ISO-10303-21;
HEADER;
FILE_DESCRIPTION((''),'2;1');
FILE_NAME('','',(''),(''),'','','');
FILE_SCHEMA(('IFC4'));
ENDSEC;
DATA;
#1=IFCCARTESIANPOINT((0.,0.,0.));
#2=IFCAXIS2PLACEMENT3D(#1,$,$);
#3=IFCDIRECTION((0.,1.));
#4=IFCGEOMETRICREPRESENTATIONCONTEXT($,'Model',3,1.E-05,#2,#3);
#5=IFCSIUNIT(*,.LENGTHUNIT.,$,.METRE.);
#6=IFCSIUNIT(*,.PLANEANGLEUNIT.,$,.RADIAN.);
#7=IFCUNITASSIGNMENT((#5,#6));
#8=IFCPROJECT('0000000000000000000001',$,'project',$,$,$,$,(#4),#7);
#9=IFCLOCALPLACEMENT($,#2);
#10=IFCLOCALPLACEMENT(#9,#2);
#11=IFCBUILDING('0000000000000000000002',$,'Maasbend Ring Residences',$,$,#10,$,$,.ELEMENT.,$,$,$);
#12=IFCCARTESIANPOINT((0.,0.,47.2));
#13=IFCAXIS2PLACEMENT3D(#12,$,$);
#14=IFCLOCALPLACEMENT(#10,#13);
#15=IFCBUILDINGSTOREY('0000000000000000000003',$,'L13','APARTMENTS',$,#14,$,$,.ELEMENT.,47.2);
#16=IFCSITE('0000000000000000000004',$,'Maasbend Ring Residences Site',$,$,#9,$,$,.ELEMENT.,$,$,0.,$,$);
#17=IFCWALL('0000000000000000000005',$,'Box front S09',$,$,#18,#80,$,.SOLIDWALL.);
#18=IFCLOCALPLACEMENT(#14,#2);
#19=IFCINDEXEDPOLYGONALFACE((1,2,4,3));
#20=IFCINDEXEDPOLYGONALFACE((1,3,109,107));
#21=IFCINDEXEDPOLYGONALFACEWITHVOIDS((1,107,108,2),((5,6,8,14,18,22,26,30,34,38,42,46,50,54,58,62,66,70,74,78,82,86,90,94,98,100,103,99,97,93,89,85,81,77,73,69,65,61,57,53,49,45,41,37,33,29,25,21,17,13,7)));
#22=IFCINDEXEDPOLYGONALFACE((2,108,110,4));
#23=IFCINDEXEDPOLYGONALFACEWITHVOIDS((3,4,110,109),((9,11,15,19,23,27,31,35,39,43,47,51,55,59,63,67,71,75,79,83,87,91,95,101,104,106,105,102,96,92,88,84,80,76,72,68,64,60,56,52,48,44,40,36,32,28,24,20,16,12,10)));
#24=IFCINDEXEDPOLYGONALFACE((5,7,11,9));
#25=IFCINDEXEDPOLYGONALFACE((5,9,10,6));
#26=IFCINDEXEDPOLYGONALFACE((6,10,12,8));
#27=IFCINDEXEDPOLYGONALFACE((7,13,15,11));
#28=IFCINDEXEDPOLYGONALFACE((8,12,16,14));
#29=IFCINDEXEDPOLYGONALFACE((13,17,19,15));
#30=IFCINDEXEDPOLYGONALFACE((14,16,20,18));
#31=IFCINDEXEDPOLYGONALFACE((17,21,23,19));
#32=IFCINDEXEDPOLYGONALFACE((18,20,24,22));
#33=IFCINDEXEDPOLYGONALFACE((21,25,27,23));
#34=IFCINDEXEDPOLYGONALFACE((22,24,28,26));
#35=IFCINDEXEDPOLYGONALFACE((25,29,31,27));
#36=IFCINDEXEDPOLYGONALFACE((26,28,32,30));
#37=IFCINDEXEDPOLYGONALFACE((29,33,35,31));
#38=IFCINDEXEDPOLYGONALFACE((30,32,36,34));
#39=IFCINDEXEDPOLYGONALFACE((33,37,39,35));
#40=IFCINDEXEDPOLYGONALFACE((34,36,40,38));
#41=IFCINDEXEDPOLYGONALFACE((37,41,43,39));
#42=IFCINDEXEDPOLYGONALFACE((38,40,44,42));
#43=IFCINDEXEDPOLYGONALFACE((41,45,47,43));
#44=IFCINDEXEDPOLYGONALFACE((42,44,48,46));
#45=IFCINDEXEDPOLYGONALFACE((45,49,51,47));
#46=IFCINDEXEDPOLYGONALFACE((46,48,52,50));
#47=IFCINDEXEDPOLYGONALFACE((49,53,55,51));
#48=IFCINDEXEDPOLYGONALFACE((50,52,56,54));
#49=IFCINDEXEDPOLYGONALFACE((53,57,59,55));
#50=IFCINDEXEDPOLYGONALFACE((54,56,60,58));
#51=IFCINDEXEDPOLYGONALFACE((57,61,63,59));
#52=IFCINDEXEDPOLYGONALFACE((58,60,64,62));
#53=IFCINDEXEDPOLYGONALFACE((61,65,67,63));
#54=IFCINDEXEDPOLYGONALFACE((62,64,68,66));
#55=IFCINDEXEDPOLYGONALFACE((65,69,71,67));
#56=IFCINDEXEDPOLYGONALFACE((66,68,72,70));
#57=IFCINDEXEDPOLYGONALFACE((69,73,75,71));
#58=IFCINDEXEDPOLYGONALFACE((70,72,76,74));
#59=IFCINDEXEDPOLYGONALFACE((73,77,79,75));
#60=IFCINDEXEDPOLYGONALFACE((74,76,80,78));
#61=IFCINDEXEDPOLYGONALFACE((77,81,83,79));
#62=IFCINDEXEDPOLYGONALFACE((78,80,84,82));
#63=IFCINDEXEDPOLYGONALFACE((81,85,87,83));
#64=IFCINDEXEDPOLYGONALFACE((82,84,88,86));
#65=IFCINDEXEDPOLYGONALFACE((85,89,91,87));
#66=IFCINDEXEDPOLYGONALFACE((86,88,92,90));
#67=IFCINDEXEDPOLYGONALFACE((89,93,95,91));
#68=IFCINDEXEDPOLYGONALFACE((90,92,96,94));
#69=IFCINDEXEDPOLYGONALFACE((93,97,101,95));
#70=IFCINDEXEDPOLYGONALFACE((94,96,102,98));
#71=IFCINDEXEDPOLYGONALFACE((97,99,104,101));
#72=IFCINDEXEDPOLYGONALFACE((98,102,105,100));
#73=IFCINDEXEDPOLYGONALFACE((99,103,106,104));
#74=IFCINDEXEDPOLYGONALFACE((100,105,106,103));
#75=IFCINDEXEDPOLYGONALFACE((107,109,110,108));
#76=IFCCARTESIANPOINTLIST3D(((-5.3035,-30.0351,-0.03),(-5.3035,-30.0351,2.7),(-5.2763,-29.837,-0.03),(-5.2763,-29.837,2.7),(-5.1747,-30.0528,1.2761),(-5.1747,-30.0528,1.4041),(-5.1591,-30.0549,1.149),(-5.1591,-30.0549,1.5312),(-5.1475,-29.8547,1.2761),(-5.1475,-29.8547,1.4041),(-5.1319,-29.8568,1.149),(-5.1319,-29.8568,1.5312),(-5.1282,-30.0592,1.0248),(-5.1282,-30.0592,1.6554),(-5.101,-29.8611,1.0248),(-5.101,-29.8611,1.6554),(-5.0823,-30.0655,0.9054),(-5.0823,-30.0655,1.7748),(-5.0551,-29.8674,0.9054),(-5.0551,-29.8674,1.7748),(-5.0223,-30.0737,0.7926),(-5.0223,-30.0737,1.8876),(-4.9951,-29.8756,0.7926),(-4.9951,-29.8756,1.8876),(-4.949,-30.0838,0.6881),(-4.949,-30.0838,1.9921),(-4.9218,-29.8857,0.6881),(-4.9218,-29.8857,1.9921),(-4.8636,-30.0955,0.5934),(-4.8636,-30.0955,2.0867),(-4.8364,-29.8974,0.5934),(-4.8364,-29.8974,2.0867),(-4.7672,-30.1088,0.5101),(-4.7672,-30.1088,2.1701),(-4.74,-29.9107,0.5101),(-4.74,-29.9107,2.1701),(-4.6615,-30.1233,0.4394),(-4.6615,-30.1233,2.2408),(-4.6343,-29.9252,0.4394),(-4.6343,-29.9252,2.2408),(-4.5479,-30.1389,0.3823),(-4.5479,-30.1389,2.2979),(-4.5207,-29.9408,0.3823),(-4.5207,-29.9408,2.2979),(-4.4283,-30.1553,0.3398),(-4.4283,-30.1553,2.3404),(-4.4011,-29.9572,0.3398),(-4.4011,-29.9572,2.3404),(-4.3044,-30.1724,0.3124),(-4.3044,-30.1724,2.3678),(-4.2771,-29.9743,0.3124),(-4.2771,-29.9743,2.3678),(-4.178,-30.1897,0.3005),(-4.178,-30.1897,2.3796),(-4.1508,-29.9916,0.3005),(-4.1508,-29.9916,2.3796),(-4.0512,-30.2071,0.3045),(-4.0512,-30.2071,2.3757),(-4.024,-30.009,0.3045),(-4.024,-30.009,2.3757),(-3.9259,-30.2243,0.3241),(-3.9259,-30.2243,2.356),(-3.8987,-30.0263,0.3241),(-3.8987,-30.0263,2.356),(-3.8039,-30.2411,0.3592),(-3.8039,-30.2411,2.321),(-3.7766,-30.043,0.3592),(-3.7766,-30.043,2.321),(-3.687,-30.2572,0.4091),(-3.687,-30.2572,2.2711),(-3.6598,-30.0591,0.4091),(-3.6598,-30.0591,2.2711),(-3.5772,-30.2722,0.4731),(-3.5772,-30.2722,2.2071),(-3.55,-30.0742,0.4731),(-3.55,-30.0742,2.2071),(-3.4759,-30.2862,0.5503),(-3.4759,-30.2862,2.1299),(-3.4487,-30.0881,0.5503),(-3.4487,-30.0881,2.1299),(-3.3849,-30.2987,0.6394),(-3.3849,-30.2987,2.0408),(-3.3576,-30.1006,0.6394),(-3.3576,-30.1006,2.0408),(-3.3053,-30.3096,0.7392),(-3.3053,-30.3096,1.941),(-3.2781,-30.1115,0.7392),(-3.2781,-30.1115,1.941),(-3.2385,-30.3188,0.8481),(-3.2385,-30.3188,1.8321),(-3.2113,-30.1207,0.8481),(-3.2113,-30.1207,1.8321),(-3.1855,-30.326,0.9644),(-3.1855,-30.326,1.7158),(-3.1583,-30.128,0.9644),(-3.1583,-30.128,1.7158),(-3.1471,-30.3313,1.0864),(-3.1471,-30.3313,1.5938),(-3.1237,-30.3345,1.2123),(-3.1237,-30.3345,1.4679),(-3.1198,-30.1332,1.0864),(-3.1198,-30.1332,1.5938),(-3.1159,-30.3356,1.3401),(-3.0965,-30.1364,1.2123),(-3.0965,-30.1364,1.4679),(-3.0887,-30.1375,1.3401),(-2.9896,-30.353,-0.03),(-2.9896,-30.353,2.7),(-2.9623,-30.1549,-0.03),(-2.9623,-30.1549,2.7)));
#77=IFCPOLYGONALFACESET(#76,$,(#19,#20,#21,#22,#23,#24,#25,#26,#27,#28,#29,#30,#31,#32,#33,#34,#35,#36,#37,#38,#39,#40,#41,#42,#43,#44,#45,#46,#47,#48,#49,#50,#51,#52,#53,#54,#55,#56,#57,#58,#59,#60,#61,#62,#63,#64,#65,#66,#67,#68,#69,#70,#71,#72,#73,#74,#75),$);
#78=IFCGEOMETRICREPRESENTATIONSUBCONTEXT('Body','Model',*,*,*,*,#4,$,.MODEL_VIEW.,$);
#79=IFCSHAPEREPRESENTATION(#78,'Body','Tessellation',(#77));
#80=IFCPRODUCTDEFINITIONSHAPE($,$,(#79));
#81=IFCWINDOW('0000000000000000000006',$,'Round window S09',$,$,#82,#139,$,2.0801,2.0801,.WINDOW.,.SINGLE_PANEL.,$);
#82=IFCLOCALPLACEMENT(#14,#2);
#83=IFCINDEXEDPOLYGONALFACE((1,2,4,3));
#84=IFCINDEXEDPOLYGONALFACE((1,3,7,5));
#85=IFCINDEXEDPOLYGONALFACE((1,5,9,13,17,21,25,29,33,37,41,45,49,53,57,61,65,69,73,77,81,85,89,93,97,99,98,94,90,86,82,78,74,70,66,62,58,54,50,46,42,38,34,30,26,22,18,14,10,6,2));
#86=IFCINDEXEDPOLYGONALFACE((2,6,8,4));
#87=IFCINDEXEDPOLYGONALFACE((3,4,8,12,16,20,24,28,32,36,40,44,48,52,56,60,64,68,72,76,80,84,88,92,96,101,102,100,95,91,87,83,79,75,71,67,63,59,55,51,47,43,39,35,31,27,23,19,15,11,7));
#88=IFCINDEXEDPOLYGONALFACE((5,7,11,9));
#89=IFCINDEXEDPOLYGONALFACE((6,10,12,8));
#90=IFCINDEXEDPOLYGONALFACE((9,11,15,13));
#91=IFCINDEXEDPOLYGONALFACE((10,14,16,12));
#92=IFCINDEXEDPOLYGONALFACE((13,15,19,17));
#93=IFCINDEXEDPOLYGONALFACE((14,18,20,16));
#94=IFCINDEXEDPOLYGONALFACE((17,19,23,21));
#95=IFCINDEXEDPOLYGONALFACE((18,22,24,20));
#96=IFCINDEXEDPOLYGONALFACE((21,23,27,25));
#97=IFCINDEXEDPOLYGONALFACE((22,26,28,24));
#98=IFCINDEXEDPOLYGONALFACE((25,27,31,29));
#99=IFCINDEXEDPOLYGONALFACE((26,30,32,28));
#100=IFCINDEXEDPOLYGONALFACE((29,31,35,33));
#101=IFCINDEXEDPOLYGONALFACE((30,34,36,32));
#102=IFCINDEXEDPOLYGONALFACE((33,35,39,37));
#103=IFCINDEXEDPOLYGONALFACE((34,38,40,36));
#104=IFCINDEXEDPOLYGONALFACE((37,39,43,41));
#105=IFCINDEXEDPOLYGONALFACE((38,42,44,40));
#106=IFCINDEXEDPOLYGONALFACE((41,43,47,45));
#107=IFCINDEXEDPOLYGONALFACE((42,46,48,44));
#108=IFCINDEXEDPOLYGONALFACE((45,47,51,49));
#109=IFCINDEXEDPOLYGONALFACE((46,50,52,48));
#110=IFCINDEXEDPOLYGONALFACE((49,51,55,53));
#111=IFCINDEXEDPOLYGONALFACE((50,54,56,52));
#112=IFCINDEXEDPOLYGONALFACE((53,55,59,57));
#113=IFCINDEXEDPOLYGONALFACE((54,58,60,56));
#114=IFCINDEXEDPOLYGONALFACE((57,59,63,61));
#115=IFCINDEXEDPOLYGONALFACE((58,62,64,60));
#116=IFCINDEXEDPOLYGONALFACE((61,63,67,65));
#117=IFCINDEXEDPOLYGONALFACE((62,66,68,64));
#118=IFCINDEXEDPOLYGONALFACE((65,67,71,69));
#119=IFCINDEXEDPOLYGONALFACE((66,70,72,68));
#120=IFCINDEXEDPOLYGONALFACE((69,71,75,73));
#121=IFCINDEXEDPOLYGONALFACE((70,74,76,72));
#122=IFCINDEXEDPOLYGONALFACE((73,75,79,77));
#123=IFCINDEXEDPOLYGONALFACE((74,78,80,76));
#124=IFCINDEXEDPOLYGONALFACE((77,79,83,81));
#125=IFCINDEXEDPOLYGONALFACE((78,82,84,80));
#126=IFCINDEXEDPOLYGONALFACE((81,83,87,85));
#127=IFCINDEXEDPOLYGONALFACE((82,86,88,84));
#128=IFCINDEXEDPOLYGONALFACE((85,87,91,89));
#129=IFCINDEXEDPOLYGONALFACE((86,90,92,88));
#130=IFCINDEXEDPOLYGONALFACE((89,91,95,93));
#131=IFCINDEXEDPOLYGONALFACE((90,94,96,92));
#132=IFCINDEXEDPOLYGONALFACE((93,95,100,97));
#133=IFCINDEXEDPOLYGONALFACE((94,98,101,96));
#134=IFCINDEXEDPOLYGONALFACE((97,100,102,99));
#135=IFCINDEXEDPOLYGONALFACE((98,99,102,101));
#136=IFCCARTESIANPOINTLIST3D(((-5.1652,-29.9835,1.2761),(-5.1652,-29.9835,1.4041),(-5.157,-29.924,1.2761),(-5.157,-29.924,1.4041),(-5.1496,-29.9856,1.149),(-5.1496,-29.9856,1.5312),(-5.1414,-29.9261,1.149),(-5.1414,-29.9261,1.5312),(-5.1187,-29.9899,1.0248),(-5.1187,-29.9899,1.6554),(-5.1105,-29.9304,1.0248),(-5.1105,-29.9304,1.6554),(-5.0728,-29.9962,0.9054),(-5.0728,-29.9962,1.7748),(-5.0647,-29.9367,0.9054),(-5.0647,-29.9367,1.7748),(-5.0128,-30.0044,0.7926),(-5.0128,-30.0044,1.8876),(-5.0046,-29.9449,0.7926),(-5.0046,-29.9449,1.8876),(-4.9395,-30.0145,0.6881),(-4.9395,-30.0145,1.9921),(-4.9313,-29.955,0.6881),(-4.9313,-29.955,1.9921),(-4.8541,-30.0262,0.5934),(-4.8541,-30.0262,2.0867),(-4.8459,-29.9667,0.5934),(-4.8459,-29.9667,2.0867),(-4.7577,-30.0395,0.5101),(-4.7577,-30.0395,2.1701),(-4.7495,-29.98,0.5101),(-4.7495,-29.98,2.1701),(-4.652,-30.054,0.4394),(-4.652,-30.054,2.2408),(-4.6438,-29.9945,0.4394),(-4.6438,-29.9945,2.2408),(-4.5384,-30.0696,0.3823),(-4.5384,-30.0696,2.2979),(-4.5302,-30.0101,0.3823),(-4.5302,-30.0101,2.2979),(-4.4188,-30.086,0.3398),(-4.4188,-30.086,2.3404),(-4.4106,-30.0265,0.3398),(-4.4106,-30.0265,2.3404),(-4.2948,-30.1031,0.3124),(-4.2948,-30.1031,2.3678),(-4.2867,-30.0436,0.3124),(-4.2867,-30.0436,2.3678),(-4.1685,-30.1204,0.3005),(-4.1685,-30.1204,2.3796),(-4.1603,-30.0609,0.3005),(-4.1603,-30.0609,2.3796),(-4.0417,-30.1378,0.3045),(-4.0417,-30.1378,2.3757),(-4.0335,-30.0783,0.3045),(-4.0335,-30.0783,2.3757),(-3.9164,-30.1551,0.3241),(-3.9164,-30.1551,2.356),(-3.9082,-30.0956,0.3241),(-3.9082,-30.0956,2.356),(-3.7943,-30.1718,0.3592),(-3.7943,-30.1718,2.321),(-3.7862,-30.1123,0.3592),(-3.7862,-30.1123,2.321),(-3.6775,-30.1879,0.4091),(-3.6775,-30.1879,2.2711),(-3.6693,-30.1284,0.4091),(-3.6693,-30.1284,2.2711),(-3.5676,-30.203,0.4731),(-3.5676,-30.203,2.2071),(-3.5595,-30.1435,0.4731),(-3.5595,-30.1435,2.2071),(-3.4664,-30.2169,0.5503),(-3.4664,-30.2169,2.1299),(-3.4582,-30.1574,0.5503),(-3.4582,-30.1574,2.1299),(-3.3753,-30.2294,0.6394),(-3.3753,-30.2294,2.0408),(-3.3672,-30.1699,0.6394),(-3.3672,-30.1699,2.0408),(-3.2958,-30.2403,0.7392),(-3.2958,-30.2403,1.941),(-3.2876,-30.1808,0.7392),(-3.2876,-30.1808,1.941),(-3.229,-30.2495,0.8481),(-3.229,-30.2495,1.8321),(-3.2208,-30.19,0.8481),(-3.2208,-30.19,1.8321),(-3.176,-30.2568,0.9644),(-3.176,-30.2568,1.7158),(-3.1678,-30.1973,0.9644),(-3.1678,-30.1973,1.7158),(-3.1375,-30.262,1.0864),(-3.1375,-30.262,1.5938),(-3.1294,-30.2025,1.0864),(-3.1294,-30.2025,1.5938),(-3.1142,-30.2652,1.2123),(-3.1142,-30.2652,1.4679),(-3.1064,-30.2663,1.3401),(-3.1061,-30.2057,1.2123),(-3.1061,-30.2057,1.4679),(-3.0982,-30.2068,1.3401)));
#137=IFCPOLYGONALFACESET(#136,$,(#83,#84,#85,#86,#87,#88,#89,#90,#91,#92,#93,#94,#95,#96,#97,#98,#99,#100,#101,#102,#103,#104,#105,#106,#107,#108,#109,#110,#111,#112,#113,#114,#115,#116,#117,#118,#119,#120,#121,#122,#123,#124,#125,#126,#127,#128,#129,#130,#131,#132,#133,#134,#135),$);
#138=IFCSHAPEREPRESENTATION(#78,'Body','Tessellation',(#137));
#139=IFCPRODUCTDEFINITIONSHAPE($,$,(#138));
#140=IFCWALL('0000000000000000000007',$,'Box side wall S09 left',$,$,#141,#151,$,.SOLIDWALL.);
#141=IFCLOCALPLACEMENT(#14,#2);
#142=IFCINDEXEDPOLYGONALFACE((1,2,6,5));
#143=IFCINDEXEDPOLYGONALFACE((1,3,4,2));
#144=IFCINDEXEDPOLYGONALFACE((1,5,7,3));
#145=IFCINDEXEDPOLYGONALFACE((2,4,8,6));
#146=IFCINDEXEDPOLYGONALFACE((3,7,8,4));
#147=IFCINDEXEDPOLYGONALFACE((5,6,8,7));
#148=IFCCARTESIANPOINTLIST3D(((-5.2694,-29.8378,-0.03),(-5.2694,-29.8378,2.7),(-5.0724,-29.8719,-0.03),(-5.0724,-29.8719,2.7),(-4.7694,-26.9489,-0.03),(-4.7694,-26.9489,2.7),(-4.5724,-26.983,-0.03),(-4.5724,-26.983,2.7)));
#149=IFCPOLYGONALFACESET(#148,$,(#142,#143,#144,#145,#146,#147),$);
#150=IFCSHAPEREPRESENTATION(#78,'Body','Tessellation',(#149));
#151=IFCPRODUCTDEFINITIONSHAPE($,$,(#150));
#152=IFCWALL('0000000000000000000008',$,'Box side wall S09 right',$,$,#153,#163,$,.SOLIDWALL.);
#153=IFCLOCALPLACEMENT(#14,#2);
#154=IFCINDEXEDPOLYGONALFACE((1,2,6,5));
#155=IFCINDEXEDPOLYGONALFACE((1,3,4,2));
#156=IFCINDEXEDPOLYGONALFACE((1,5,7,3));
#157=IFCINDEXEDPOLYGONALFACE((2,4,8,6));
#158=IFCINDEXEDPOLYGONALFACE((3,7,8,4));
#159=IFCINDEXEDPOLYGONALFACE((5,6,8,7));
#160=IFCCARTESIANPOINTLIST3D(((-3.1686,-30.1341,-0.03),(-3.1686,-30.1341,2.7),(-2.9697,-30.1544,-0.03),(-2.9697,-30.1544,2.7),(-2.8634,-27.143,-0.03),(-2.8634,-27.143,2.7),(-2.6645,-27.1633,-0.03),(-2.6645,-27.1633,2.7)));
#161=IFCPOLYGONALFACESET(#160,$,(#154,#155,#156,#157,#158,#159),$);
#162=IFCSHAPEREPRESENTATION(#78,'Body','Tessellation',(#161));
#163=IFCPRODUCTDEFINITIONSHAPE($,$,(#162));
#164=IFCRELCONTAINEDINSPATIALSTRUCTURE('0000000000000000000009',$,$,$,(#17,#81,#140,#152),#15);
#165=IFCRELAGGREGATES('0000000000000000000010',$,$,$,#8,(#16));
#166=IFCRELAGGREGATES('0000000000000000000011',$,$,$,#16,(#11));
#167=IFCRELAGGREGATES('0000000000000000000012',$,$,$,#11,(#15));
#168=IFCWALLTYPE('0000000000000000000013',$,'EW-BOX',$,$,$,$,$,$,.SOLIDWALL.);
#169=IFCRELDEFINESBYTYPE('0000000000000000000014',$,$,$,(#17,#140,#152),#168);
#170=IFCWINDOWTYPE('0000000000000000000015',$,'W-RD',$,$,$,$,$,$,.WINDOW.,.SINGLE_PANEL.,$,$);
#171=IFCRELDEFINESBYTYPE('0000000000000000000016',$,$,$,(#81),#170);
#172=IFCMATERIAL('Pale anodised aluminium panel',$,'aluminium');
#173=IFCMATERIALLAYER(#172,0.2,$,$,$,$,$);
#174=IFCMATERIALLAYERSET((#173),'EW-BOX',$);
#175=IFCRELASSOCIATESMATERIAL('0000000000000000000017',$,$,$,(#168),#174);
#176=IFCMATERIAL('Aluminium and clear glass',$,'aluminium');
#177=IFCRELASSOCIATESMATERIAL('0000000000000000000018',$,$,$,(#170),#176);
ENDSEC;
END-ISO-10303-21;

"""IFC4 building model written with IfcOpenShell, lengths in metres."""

from ifc_helpers import new_model, si_unit, direction, frame, frame_2d, origin, place, context, subcontext, project, spatial, rectangle, circle, extrude, material, layer, layer_set, type_object, element, fill, save


model = new_model("IFC4")

# Units and contexts
model_context = context("Model", 3, precision=1e-05, world=origin(), true_north=direction((0.0, 1.0)))
body_context = subcontext(model_context, "Body", "Model", "MODEL_VIEW")
ifc_project = project(units=[si_unit("LENGTHUNIT", "METRE"), si_unit("PLANEANGLEUNIT", "RADIAN")], contexts=[model_context])

# Site, building, storey
site_placement = place(None, origin())
site = spatial("IfcSite", under=ifc_project, at=site_placement, Name="Maasbend Ring Residences Site", CompositionType="ELEMENT", RefElevation=0.0)
building_placement = place(site_placement, origin())
building = spatial("IfcBuilding", under=site, at=building_placement, Name="Maasbend Ring Residences", CompositionType="ELEMENT")
storey_placement = place(building_placement, frame((0.0, 0.0, 47.2)))
storey = spatial("IfcBuildingStorey", under=building, at=storey_placement, Name="L13", Description="APARTMENTS", CompositionType="ELEMENT", Elevation=47.2)

# Shared definitions
ifc_material_1 = material(Name="Pale anodised aluminium panel", Category="aluminium")
ifc_layer_1 = layer(ifc_material_1, 0.2)
ifc_layer_set_1 = layer_set([ifc_layer_1], Name="EW-BOX")
wall_type_1 = type_object("IfcWallType", Name="EW-BOX", PredefinedType="SOLIDWALL", material=ifc_layer_set_1)

# Wall, opening, window
wall_1_placement = place(storey_placement, frame((-5.29, -29.936, -0.03), z_axis=(0.0, 0.0, 1.0), x_axis=(0.990696, -0.136093, 0.0)))
wall_1 = element("IfcWall", 1, at=wall_1_placement, inside=storey, type_object=wall_type_1, Name="Box front S09", PredefinedType="SOLIDWALL", context=body_context, shape_type="SweptSolid", body=[
    extrude(rectangle(XDim=2.3357, YDim=0.2, at=frame_2d((1.168, 0.0))), origin(), (0.0, 0.0, 1.0), 2.73),
])
opening_1_placement = place(wall_1_placement, frame((0.1282, 0.0, 0.3301)))
opening_1 = element("IfcOpeningElement", 2, at=opening_1_placement, cuts=wall_1, PredefinedType="OPENING", context=body_context, shape_type="SweptSolid", body=[
    extrude(circle(Radius=1.04, at=frame_2d((1.04, 1.04))), frame((0.0, 0.1099, 0.0), z_axis=(0.0, -1.0, 0.0), x_axis=(1.0, 0.0, 0.0)), (0.0, 0.0, 1.0), 0.22),
])
ifc_material_2 = material(Name="Aluminium and clear glass", Category="aluminium")
window_type_1 = type_object("IfcWindowType", Name="W-RD", PartitioningType="SINGLE_PANEL", PredefinedType="WINDOW", material=ifc_material_2)
window_1_placement = place(opening_1_placement, origin())
window_1 = element("IfcWindow", 3, at=window_1_placement, inside=storey, type_object=window_type_1, Name="Round window S09", OverallHeight=2.0801, OverallWidth=2.0801, PartitioningType="SINGLE_PANEL", PredefinedType="WINDOW", context=body_context, shape_type="SweptSolid", body=[
    extrude(circle(Radius=1.04, at=frame_2d((1.04, 1.04))), frame((0.0, 0.03, 0.0), z_axis=(0.0, -1.0, 0.0), x_axis=(1.0, 0.0, 0.0)), (0.0, 0.0, 1.0), 0.0601),
])
fill(opening_1, window_1)

# Walls
wall_2_placement = place(storey_placement, frame((-4.6709, -26.9661, -0.03), z_axis=(0.0, 0.0, 1.0), x_axis=(-0.17054, -0.985351, 0.0)))
element("IfcWall", 4, at=wall_2_placement, inside=storey, type_object=wall_type_1, Name="Box side wall S09 left", PredefinedType="SOLIDWALL", context=body_context, shape_type="SweptSolid", body=[
    extrude(rectangle(XDim=2.9319, YDim=0.2, at=frame_2d((1.4658, 0.0))), origin(), (0.0, 0.0, 1.0), 2.73),
])
wall_3_placement = place(storey_placement, frame((-2.7639, -27.1531, -0.03), z_axis=(0.0, 0.0, 1.0), x_axis=(-0.101505, -0.994835, 0.0)))
element("IfcWall", 5, at=wall_3_placement, inside=storey, type_object=wall_type_1, Name="Box side wall S09 right", PredefinedType="SOLIDWALL", context=body_context, shape_type="SweptSolid", body=[
    extrude(rectangle(XDim=3.0066, YDim=0.2, at=frame_2d((1.5034, 0.0))), origin(), (0.0, 0.0, 1.0), 2.73),
])

save(model, "model.ifc")
